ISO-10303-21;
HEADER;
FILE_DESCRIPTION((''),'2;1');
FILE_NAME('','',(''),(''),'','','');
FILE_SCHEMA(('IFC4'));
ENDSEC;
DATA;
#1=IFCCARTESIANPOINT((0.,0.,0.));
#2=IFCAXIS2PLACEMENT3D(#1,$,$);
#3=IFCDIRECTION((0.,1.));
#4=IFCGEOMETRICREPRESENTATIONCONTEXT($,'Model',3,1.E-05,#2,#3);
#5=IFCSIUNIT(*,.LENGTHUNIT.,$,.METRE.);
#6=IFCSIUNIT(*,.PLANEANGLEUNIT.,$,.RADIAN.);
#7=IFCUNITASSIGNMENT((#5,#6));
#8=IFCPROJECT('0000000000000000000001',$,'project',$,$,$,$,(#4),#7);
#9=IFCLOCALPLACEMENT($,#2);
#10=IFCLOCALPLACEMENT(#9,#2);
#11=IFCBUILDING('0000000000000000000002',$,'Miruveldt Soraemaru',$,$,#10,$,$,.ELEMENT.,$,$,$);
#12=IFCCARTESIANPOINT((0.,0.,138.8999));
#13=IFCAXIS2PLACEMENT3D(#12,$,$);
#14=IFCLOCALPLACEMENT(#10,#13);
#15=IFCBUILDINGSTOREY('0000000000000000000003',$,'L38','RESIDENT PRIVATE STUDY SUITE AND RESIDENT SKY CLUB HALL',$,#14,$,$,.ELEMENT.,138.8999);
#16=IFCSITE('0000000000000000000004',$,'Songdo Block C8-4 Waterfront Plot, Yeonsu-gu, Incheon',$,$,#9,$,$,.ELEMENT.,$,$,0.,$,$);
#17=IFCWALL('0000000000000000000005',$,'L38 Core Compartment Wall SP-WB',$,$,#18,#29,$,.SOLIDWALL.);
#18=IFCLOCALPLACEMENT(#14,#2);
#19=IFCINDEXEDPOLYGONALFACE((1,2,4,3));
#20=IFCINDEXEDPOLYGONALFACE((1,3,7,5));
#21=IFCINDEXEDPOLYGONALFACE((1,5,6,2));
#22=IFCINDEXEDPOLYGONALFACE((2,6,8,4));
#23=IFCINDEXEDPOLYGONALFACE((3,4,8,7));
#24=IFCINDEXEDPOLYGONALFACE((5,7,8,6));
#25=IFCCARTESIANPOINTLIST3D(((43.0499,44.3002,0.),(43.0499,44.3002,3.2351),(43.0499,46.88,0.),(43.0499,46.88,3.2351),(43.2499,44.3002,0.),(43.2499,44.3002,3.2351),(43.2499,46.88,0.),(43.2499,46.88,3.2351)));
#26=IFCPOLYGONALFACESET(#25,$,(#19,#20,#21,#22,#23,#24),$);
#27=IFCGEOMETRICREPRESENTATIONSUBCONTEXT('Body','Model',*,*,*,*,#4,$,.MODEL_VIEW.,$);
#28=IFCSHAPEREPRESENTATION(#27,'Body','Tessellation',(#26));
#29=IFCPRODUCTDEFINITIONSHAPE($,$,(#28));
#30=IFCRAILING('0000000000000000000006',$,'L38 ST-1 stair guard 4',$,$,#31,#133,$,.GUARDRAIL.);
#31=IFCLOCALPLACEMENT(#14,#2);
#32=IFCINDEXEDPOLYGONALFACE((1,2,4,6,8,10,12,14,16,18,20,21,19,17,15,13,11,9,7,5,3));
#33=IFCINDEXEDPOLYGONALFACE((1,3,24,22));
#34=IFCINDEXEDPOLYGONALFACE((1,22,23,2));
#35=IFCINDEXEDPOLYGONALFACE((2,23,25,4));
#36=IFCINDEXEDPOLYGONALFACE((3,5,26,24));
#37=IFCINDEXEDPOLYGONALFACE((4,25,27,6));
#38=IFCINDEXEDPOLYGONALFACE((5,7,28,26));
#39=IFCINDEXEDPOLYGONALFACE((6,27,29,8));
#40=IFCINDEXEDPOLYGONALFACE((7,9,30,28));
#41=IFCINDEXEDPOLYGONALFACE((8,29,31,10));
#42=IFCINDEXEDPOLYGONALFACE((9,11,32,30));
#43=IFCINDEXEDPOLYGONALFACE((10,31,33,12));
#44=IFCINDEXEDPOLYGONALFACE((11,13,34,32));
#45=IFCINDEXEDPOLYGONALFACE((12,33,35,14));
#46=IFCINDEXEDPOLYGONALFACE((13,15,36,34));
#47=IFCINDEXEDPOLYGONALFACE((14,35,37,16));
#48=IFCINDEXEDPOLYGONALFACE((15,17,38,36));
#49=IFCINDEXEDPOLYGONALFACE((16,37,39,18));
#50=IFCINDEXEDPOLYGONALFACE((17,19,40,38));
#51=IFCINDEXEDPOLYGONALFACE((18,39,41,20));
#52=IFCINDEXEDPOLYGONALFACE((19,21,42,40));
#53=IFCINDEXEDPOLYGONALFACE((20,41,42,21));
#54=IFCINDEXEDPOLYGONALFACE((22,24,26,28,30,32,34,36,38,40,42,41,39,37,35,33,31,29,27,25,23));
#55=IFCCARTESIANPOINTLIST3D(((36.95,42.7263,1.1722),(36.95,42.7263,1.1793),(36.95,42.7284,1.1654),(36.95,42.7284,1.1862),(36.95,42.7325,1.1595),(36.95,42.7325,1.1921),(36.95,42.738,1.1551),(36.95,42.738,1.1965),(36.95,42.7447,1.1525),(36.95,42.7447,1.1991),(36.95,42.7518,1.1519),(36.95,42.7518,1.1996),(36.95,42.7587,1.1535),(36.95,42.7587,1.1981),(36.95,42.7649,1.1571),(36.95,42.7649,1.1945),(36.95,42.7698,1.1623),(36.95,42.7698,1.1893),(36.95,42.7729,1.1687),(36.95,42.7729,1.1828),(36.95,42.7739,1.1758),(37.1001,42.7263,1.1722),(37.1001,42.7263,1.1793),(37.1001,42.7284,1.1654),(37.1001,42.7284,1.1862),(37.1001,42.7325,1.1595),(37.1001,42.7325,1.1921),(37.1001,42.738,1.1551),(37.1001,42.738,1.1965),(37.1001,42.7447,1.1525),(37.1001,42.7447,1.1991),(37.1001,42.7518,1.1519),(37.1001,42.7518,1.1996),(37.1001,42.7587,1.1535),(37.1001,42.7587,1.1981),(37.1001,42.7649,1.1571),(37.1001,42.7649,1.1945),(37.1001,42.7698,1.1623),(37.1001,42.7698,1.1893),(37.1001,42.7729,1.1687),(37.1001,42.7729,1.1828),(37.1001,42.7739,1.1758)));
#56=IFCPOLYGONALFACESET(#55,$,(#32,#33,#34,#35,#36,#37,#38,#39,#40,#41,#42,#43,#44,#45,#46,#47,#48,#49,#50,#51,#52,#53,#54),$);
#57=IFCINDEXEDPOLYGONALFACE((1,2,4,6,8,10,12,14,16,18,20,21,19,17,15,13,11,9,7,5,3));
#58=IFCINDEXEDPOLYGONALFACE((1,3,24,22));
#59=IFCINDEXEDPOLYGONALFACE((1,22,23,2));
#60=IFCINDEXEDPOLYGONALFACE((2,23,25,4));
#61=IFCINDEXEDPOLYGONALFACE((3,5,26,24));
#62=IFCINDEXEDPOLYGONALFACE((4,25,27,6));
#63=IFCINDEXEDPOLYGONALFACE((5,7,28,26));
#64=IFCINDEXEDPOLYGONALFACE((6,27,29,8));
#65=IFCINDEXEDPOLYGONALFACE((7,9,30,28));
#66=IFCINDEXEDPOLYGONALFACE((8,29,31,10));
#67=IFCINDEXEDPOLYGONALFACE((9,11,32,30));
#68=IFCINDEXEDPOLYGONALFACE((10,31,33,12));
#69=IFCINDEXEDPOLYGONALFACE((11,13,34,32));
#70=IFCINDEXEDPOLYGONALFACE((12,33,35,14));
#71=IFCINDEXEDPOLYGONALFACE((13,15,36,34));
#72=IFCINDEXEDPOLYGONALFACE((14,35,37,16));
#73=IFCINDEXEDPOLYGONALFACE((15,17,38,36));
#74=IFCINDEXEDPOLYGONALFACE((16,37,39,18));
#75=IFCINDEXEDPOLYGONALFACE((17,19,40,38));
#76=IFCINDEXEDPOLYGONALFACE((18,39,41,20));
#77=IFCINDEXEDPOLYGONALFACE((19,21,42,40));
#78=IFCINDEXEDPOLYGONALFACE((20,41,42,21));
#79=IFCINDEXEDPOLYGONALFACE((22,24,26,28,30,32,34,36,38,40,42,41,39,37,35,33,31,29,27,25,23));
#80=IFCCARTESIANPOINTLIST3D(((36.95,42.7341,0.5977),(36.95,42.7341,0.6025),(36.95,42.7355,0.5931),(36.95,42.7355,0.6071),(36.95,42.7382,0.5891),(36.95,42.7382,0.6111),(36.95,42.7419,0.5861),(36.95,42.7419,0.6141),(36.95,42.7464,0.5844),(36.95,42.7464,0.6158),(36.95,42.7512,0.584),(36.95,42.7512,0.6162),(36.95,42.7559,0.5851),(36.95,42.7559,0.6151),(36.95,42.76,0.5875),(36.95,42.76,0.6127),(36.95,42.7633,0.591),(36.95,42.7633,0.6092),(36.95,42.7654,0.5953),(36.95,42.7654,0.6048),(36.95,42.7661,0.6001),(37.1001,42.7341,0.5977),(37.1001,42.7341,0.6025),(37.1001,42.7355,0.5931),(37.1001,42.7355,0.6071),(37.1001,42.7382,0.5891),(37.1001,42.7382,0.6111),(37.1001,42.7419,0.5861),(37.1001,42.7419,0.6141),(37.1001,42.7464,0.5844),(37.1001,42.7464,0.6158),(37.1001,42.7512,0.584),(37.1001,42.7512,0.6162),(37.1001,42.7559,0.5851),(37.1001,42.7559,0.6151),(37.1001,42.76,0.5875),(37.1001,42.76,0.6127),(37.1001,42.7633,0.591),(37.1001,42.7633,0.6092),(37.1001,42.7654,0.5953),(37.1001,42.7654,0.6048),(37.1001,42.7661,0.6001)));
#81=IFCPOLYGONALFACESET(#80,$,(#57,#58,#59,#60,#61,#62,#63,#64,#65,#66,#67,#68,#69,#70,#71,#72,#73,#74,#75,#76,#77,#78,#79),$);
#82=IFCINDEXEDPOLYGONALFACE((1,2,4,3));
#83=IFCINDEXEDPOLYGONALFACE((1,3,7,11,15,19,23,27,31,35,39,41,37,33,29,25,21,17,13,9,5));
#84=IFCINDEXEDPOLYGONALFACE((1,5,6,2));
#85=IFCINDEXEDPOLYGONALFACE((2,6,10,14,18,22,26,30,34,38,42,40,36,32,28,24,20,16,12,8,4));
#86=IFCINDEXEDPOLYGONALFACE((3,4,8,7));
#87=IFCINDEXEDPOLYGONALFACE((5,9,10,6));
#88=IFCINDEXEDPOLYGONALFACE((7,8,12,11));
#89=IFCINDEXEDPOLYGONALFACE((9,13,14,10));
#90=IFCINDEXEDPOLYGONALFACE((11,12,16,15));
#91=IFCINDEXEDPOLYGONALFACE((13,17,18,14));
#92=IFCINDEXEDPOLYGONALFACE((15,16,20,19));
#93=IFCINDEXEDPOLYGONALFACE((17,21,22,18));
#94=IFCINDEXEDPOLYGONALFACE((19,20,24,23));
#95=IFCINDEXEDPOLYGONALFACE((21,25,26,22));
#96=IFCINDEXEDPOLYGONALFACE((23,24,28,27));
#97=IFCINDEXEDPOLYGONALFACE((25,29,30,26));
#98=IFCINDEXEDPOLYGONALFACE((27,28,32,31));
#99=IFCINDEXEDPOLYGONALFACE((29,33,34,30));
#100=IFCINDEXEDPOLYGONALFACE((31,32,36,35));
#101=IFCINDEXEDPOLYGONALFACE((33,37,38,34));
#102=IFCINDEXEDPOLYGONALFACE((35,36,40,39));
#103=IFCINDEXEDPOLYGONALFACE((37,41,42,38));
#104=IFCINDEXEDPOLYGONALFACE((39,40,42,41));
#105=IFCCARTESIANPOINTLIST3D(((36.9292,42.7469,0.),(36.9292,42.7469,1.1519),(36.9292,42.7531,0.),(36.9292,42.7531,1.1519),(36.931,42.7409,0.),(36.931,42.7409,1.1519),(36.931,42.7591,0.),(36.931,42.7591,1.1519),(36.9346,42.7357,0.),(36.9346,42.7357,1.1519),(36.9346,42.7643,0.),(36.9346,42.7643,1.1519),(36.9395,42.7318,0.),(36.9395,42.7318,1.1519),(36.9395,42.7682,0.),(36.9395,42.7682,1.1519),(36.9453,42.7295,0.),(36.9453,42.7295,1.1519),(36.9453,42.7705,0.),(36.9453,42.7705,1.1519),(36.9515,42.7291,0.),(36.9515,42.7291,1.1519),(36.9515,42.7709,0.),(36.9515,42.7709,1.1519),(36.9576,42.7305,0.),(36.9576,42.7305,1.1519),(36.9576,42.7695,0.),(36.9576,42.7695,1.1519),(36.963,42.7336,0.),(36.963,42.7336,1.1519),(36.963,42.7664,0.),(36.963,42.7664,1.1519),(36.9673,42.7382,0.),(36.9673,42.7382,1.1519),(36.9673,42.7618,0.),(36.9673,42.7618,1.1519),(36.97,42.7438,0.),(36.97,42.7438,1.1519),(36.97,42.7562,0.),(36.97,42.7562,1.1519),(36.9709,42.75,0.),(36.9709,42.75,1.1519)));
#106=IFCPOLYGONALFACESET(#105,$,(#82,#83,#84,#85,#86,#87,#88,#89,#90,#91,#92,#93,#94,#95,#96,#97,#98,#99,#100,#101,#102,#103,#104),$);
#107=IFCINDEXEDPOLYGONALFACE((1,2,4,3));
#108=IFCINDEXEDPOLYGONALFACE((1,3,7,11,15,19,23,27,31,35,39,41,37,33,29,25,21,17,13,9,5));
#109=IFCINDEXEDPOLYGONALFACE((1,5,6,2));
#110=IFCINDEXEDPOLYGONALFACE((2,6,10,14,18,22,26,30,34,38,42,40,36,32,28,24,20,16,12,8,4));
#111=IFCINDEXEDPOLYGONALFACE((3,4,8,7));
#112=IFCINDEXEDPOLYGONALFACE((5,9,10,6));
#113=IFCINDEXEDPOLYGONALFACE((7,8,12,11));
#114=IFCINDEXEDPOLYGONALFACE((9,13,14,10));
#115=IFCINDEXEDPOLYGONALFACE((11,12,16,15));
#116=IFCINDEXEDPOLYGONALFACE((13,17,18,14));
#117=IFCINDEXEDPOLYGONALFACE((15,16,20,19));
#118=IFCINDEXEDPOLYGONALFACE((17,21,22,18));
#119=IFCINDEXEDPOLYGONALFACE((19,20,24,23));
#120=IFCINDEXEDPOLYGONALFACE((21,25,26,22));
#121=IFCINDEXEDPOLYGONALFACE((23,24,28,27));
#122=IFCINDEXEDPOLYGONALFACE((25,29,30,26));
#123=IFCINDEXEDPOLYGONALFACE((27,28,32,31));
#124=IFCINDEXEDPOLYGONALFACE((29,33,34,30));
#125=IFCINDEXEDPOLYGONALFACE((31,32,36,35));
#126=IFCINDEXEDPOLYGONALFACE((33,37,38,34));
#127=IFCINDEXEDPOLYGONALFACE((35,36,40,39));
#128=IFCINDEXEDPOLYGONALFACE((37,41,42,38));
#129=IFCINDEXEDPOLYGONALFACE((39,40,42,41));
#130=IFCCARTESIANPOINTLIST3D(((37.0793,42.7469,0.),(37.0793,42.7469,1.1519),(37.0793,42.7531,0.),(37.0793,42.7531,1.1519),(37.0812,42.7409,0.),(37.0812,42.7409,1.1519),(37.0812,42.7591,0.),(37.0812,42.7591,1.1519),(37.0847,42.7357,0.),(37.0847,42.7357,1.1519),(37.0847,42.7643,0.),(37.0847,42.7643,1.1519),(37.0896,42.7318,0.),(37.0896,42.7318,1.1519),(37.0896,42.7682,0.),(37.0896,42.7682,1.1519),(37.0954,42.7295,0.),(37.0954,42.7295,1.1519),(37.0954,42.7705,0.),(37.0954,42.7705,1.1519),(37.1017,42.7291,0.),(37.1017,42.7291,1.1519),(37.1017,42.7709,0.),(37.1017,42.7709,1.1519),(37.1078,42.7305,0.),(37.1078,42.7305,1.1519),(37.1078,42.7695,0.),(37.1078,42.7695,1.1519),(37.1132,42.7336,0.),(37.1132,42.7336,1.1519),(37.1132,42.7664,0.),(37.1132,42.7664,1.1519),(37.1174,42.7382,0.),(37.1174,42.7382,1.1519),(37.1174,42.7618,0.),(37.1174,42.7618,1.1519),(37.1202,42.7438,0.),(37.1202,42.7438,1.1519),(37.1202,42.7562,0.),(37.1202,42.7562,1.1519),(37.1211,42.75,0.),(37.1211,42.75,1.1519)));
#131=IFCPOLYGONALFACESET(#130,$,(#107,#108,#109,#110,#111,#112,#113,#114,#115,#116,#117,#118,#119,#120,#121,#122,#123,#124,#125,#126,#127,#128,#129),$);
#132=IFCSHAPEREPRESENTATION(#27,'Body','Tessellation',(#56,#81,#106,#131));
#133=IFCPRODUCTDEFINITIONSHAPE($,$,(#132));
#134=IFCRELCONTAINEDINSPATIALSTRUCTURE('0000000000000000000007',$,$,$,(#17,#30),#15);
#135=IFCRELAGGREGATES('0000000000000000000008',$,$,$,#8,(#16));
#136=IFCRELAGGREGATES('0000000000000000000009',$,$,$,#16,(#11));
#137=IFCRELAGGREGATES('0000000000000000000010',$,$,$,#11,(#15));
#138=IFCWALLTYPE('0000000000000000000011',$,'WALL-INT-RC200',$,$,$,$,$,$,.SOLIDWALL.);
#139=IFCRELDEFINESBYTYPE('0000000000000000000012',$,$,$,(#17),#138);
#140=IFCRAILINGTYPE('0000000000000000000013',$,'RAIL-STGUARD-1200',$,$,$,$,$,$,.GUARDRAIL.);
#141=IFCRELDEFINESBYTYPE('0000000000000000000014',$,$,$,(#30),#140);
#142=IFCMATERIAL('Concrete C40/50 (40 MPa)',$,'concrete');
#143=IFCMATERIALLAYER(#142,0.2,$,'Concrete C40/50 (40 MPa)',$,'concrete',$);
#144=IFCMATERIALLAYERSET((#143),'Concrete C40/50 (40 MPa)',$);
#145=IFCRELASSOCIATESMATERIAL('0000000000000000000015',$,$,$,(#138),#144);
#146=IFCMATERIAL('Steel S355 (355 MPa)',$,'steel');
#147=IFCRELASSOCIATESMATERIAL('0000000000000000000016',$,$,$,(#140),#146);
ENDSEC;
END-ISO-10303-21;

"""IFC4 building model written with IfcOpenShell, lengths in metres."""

from ifc_helpers import new_model, si_unit, direction, frame, frame_2d, origin, origin_2d, place, context, subcontext, project, spatial, rectangle, circle, extrude, material, layer, layer_set, type_object, element, save


model = new_model("IFC4")

# Units and contexts
model_context = context("Model", 3, precision=1e-05, world=origin(), true_north=direction((0.0, 1.0)))
body_context = subcontext(model_context, "Body", "Model", "MODEL_VIEW")
ifc_project = project(units=[si_unit("LENGTHUNIT", "METRE"), si_unit("PLANEANGLEUNIT", "RADIAN")], contexts=[model_context])

# Site, building, storey
site_placement = place(None, origin())
site = spatial("IfcSite", under=ifc_project, at=site_placement, Name="Songdo Block C8-4 Waterfront Plot, Yeonsu-gu, Incheon", CompositionType="ELEMENT", RefElevation=0.0)
building_placement = place(site_placement, origin())
building = spatial("IfcBuilding", under=site, at=building_placement, Name="Miruveldt Soraemaru", CompositionType="ELEMENT")
storey_placement = place(building_placement, frame((0.0, 0.0, 138.8999)))
storey = spatial("IfcBuildingStorey", under=building, at=storey_placement, Name="L38", Description="RESIDENT PRIVATE STUDY SUITE AND RESIDENT SKY CLUB HALL", CompositionType="ELEMENT", Elevation=138.8999)

# Shared definitions
ifc_material_1 = material(Name="Concrete C40/50 (40 MPa)", Category="concrete")

# Shared definitions
ifc_layer_1 = layer(ifc_material_1, 0.2, Name="Concrete C40/50 (40 MPa)", Category="concrete")
ifc_layer_set_1 = layer_set([ifc_layer_1], Name="Concrete C40/50 (40 MPa)")
wall_type_1 = type_object("IfcWallType", Name="WALL-INT-RC200", PredefinedType="SOLIDWALL", material=ifc_layer_set_1)

# Wall
wall_1_placement = place(storey_placement, frame((43.1499, 44.3, 0.0), z_axis=(0.0, 0.0, 1.0), x_axis=(0.0, 1.0, 0.0)))
element("IfcWall", 1, at=wall_1_placement, inside=storey, type_object=wall_type_1, Name="L38 Core Compartment Wall SP-WB", PredefinedType="SOLIDWALL", context=body_context, shape_type="SweptSolid", body=[
    extrude(rectangle(XDim=2.5798, YDim=0.2, at=frame_2d((1.29, 0.0))), origin(), (0.0, 0.0, 1.0), 3.2351),
])

# Railing
ifc_material_2 = material(Name="Steel S355 (355 MPa)", Category="steel")
railing_type = type_object("IfcRailingType", Name="RAIL-STGUARD-1200", PredefinedType="GUARDRAIL", material=ifc_material_2)
railing_placement = place(storey_placement, frame((36.95, 42.75, 0.0)))
element("IfcRailing", 2, at=railing_placement, inside=storey, type_object=railing_type, Name="L38 ST-1 stair guard 4", PredefinedType="GUARDRAIL", context=body_context, shape_type="SweptSolid", body=[
    extrude(circle(Radius=0.0239, at=origin_2d()), frame((0.0, 0.0, 1.1758), z_axis=(1.0, 0.0, 0.0), x_axis=(0.0, 1.0, 0.0)), (0.0, 0.0, 1.0), 0.1501),
    extrude(circle(Radius=0.0161, at=origin_2d()), frame((0.0, 0.0, 0.6001), z_axis=(1.0, 0.0, 0.0), x_axis=(0.0, 1.0, 0.0)), (0.0, 0.0, 1.0), 0.1501),
    extrude(circle(Radius=0.021, at=origin_2d()), origin(), (0.0, 0.0, 1.0), 1.1519),
    extrude(circle(Radius=0.021, at=origin_2d()), frame((0.1501, 0.0, 0.0)), (0.0, 0.0, 1.0), 1.1519),
])

save(model, "model.ifc")
